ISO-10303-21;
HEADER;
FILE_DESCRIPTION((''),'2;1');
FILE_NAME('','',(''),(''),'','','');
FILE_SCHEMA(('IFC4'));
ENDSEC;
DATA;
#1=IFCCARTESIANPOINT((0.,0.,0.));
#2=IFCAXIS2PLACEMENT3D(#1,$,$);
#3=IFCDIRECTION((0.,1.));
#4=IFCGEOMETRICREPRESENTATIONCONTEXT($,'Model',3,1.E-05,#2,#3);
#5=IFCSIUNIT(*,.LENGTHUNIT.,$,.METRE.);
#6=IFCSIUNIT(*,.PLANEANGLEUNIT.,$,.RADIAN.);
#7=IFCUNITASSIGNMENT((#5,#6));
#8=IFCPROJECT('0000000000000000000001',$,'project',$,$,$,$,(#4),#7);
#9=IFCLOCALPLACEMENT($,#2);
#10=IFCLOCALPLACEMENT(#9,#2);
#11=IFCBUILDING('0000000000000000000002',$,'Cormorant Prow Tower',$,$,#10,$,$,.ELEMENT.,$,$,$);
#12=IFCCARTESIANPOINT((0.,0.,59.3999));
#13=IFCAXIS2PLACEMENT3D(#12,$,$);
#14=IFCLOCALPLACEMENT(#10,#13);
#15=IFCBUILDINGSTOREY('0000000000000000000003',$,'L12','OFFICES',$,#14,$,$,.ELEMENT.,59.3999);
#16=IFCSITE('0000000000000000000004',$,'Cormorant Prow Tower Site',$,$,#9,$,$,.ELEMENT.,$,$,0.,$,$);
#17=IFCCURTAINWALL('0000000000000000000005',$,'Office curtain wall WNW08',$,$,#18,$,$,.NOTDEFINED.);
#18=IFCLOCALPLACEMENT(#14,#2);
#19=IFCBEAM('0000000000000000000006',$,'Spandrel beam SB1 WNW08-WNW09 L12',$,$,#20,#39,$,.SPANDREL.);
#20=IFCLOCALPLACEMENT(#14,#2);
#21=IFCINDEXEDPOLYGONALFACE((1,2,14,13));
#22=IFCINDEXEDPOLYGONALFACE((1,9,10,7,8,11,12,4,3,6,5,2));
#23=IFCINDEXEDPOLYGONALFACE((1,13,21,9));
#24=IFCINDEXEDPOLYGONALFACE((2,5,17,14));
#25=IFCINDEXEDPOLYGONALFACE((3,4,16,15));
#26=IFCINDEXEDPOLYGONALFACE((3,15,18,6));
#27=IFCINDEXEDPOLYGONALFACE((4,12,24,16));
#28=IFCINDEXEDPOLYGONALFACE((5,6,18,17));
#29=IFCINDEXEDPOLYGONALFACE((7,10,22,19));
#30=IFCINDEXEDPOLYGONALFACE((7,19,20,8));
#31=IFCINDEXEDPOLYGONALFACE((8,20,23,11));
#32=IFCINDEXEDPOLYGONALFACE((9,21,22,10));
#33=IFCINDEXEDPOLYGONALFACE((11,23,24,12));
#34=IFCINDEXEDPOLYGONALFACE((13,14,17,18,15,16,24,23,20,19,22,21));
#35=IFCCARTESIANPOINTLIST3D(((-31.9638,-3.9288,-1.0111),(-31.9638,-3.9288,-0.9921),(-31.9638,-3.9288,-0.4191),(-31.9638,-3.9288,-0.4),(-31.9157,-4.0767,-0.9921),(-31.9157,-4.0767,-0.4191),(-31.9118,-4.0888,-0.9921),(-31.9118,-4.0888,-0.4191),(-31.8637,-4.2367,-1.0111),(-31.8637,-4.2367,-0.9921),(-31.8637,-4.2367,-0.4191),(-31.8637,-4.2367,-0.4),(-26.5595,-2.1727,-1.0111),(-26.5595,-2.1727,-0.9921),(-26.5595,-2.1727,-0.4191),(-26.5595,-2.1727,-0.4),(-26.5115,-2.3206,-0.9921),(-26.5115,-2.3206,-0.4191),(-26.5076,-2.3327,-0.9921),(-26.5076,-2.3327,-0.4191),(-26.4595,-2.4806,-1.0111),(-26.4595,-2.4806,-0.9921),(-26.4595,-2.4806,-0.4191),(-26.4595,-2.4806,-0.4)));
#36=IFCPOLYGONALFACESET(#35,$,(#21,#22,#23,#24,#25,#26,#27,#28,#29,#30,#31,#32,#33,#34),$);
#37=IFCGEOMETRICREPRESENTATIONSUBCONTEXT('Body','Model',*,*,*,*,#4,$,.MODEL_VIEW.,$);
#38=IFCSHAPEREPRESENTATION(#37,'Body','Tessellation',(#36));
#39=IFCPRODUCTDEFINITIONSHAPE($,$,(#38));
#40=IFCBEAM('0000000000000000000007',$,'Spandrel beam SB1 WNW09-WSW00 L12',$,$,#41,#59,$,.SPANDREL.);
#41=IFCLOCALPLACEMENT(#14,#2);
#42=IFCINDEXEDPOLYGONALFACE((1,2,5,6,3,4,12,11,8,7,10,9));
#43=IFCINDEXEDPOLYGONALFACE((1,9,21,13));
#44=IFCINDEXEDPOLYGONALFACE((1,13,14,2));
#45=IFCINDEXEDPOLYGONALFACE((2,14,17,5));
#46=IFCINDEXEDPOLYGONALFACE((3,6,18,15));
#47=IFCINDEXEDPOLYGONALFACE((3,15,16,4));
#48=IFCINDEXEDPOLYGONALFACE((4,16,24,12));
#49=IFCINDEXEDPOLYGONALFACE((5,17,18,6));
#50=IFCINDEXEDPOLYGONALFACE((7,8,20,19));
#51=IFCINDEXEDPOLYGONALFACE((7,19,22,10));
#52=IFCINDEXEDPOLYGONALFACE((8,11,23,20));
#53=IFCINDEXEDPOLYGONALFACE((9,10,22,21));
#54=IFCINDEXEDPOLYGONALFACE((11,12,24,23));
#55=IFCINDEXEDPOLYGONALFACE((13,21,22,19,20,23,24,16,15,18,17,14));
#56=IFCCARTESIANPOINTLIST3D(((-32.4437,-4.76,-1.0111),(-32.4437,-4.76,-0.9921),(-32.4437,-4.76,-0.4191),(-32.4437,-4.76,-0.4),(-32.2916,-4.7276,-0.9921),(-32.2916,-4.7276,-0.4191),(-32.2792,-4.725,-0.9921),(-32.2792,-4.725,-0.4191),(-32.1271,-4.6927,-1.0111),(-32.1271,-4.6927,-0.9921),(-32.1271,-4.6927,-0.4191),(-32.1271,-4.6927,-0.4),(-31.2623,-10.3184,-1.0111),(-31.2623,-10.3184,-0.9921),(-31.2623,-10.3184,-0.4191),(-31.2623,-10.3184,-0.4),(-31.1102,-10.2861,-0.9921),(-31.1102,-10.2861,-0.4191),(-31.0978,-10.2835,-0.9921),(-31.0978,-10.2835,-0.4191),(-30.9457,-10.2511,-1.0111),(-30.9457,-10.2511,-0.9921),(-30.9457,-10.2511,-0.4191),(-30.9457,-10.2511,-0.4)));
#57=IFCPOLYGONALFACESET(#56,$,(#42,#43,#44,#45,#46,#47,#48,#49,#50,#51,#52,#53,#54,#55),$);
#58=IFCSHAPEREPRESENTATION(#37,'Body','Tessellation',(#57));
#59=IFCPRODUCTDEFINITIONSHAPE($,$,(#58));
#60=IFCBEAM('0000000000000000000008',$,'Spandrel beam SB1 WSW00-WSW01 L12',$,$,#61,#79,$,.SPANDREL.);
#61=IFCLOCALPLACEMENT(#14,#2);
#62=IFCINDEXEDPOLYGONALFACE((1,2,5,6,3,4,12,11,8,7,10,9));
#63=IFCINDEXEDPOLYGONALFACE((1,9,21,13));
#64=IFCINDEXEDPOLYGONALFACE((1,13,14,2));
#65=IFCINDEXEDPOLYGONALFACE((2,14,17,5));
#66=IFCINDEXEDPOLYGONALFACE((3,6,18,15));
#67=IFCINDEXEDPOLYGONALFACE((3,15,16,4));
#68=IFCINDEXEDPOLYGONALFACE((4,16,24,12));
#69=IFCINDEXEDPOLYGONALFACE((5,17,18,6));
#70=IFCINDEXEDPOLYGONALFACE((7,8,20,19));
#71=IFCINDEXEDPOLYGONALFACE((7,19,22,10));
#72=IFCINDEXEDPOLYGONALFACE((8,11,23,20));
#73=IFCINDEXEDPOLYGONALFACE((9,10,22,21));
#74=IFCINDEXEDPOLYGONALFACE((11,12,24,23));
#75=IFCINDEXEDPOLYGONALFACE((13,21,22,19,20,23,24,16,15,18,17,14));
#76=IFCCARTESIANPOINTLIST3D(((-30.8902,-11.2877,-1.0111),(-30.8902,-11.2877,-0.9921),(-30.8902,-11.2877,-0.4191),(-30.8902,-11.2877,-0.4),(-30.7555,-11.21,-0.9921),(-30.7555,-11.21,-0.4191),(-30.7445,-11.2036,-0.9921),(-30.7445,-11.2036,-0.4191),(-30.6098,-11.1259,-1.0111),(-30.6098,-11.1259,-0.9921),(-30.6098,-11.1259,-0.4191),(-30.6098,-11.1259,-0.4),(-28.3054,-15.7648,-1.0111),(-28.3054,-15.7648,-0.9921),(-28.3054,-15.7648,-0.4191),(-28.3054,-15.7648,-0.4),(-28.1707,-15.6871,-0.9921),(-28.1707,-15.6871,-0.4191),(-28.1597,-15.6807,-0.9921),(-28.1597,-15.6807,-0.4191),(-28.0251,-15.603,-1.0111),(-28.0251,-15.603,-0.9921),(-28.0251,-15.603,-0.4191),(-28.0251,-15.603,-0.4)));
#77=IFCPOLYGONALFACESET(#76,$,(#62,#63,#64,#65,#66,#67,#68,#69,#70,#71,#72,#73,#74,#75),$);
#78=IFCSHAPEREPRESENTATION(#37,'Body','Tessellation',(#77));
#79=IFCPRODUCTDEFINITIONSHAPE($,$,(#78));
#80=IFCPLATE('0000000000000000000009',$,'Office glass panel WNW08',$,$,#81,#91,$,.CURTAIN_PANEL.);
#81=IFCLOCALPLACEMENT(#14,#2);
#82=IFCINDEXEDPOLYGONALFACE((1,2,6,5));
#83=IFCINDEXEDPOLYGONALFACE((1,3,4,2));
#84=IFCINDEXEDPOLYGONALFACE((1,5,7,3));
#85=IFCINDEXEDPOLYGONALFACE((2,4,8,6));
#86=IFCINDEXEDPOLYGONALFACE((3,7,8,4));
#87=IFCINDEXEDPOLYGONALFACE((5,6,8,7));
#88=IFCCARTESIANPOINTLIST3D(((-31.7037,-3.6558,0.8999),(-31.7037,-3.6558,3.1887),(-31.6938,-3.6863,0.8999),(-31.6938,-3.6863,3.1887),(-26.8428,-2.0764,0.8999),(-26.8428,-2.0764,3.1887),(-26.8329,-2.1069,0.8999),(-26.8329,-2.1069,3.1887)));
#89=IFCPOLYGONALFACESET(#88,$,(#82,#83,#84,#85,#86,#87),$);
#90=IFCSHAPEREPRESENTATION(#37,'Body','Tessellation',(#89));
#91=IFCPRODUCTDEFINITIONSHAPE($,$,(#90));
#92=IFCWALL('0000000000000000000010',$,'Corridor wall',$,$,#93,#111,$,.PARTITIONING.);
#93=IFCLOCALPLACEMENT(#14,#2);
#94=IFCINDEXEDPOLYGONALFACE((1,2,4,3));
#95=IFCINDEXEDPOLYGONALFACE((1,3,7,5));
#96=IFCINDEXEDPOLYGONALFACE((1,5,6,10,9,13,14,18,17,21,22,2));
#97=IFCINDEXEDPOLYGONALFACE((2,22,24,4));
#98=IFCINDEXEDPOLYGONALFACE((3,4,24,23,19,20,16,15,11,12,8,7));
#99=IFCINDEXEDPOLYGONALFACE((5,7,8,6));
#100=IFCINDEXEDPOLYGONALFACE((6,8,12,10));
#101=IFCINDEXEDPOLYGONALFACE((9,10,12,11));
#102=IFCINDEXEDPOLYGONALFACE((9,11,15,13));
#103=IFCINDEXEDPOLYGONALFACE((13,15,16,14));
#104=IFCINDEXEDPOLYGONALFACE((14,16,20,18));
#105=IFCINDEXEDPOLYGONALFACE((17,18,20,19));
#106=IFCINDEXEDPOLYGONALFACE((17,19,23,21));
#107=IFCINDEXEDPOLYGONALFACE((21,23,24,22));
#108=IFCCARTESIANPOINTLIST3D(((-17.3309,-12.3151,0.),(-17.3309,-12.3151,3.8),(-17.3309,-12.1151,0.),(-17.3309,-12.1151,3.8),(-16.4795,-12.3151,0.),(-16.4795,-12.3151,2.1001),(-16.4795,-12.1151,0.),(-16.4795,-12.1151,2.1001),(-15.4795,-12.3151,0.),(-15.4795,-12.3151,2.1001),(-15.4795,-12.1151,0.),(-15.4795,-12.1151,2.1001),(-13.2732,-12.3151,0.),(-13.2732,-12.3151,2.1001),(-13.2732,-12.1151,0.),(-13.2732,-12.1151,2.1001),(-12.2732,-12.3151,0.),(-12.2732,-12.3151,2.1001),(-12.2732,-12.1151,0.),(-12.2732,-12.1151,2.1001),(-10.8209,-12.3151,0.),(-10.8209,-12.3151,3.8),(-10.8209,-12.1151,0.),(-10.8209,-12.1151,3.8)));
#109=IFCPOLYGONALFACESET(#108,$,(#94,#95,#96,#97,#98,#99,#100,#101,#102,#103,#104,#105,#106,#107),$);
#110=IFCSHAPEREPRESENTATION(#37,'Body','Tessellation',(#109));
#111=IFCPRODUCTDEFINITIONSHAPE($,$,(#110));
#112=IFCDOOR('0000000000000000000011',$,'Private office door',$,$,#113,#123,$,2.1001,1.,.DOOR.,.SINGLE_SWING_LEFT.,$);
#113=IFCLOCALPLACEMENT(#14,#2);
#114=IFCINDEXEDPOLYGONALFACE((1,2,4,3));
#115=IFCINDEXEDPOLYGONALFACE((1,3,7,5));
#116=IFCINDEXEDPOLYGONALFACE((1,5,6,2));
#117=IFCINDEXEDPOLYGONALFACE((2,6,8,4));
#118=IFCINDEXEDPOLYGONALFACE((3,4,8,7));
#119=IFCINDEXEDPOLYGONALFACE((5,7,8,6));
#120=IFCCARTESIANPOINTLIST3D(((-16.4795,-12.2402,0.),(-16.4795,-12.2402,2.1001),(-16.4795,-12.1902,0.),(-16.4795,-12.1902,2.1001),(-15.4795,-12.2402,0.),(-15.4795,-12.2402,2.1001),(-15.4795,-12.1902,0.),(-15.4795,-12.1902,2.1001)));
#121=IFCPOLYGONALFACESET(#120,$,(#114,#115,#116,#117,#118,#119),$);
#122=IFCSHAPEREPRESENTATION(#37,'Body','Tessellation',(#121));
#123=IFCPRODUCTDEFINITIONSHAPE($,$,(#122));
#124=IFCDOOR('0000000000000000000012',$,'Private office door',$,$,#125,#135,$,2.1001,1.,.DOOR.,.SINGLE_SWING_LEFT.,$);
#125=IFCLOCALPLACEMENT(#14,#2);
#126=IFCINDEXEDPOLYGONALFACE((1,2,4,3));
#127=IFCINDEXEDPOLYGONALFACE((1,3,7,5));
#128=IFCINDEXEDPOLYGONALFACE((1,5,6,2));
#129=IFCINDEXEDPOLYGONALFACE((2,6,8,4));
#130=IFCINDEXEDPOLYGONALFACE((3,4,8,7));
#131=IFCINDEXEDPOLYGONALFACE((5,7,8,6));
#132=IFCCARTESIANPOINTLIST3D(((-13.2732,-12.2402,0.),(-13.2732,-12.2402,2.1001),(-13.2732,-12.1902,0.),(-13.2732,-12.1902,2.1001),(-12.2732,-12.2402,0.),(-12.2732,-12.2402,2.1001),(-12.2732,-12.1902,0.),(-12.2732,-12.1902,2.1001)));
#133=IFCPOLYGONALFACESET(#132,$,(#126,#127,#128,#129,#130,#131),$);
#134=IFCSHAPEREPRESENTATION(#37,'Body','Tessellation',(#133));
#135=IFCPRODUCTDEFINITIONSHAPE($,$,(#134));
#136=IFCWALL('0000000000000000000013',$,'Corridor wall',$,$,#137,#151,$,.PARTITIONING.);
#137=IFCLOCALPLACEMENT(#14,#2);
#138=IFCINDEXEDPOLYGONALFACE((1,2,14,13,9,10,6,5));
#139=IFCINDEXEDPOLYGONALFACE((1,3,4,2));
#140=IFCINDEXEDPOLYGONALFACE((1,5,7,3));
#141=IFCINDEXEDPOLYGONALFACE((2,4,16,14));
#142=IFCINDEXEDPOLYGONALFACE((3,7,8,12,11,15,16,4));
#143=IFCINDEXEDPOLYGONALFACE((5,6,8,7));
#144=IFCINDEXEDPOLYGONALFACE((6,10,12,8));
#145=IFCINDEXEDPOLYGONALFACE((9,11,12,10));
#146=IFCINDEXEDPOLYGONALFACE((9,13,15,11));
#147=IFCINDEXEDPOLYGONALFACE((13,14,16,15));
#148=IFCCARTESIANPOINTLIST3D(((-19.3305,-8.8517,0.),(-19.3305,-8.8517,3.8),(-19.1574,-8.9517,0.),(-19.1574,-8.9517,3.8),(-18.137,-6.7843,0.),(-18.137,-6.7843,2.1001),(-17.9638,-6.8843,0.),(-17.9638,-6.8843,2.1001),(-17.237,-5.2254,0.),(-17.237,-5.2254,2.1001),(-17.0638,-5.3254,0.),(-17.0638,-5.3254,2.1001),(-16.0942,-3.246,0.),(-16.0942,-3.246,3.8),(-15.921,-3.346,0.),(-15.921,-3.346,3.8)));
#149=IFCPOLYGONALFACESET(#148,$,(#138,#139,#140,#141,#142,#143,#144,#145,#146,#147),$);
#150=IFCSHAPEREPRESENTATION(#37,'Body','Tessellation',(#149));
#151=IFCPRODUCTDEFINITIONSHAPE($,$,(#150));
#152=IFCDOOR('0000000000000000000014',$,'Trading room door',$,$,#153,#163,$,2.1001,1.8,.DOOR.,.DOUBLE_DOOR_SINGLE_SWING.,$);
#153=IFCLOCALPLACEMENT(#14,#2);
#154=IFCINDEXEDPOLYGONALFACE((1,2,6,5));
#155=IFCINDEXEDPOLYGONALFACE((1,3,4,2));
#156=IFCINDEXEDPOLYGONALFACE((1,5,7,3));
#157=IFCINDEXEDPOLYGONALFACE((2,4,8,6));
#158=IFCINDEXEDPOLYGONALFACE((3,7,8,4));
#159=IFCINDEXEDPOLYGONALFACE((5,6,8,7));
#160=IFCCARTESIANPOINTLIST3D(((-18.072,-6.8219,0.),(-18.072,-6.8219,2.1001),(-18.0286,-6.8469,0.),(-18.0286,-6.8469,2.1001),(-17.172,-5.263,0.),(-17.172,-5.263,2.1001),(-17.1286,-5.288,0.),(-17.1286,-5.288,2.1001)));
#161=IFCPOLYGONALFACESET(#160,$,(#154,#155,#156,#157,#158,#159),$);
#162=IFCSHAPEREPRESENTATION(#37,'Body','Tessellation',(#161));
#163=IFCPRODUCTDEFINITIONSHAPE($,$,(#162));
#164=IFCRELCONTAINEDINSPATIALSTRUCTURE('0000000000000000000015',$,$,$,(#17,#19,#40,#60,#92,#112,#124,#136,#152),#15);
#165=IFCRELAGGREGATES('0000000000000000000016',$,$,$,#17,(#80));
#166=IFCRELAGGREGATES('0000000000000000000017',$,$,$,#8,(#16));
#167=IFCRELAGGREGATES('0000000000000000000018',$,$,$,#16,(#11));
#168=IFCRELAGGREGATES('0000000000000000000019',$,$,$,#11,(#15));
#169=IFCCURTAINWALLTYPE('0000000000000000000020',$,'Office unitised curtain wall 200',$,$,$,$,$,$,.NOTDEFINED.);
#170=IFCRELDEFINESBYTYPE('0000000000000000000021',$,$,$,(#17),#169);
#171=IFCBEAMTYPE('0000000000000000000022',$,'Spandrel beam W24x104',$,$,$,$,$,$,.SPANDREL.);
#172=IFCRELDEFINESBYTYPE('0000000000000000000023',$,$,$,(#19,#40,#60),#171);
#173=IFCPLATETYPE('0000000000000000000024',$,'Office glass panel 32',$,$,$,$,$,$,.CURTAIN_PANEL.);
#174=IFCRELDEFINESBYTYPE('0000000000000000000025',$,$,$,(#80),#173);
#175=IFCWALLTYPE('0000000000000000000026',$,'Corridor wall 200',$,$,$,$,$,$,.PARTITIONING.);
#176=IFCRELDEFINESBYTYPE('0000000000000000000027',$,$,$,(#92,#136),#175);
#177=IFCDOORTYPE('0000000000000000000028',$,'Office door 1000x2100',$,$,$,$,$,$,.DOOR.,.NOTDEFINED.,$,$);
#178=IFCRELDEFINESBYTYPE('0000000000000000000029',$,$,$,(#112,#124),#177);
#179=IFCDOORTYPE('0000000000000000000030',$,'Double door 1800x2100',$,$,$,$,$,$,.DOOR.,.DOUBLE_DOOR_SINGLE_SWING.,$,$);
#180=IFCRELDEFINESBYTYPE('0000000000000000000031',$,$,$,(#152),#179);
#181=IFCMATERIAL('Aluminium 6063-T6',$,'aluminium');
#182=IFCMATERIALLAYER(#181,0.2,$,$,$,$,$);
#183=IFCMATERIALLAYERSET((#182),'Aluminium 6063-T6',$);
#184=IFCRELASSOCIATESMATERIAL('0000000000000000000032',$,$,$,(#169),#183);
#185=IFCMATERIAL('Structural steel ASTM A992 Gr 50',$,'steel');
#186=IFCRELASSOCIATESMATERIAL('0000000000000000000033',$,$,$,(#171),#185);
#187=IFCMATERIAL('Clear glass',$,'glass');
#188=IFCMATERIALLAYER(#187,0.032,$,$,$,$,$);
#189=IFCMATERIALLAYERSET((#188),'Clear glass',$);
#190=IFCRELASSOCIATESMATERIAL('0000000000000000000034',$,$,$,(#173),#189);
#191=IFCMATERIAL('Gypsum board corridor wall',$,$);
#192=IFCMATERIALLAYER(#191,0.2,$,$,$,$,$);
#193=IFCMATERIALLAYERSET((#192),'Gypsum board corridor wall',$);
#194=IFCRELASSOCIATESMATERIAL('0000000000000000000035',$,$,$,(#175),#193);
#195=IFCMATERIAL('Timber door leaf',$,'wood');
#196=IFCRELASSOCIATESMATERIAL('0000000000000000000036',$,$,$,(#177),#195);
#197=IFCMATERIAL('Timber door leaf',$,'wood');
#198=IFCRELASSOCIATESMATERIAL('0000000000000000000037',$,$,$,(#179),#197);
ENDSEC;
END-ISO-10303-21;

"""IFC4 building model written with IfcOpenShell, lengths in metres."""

from ifc_helpers import new_model, si_unit, direction, frame, frame_2d, origin, origin_2d, place, context, subcontext, project, spatial, rectangle, i_section, extrude, material, layer, layer_set, material_profile, profile_set, type_object, element, fill, aggregate, save


model = new_model("IFC4")

# Units and contexts
model_context = context("Model", 3, precision=1e-05, world=origin(), true_north=direction((0.0, 1.0)))
body_context = subcontext(model_context, "Body", "Model", "MODEL_VIEW")
ifc_project = project(units=[si_unit("LENGTHUNIT", "METRE"), si_unit("PLANEANGLEUNIT", "RADIAN")], contexts=[model_context])

# Site, building, storey
site_placement = place(None, origin())
site = spatial("IfcSite", under=ifc_project, at=site_placement, Name="Cormorant Prow Tower Site", CompositionType="ELEMENT", RefElevation=0.0)
building_placement = place(site_placement, origin())
building = spatial("IfcBuilding", under=site, at=building_placement, Name="Cormorant Prow Tower", CompositionType="ELEMENT")
storey_placement = place(building_placement, frame((0.0, 0.0, 59.3999)))
storey = spatial("IfcBuildingStorey", under=building, at=storey_placement, Name="L12", Description="OFFICES", CompositionType="ELEMENT", Elevation=59.3999)

# Curtain wall
ifc_material_1 = material(Name="Aluminium 6063-T6", Category="aluminium")
ifc_layer_1 = layer(ifc_material_1, 0.2)
ifc_layer_set_1 = layer_set([ifc_layer_1], Name="Aluminium 6063-T6")
curtain_wall_type = type_object("IfcCurtainWallType", Name="Office unitised curtain wall 200", PredefinedType="NOTDEFINED", material=ifc_layer_set_1)
curtain_wall_placement = place(storey_placement, origin())
curtain_wall = element("IfcCurtainWall", 1, at=curtain_wall_placement, inside=storey, type_object=curtain_wall_type, Name="Office curtain wall WNW08", PredefinedType="NOTDEFINED")

# Beams
ifc_material_2 = material(Name="Structural steel ASTM A992 Gr 50", Category="steel")
ifc_material_profile_1 = material_profile(ifc_material_2, i_section(OverallWidth=0.3237, OverallDepth=0.6111, WebThickness=0.0127, FlangeThickness=0.019, at=origin_2d()), Name="W24x104")
ifc_profile_set_1 = profile_set([ifc_material_profile_1], Name="Structural steel ASTM A992 Gr 50")
beam_type_1 = type_object("IfcBeamType", Name="Spandrel beam W24x104", PredefinedType="SPANDREL", material=ifc_profile_set_1)
beam_1_placement = place(storey_placement, frame((-26.5095, -2.3267, -0.7056), z_axis=(-0.951049, -0.309039, 0.0), x_axis=(0.309039, -0.951049, 0.0)))
element("IfcBeam", 2, at=beam_1_placement, inside=storey, type_object=beam_type_1, Name="Spandrel beam SB1 WNW08-WNW09 L12", PredefinedType="SPANDREL", context=body_context, shape_type="SweptSolid", body=[
    extrude(i_section(OverallWidth=0.3237, OverallDepth=0.6111, WebThickness=0.0127, FlangeThickness=0.019, at=origin_2d()), origin(), (0.0, 0.0, 1.0), 5.6824),
])
beam_2_placement = place(storey_placement, frame((-32.2854, -4.7263, -0.7056), z_axis=(0.2079, -0.97815, 0.0), x_axis=(0.97815, 0.2079, 0.0)))
element("IfcBeam", 3, at=beam_2_placement, inside=storey, type_object=beam_type_1, Name="Spandrel beam SB1 WNW09-WSW00 L12", PredefinedType="SPANDREL", context=body_context, shape_type="SweptSolid", body=[
    extrude(i_section(OverallWidth=0.3237, OverallDepth=0.6111, WebThickness=0.0127, FlangeThickness=0.019, at=origin_2d()), origin(), (0.0, 0.0, 1.0), 5.6826),
])
beam_3_placement = place(storey_placement, frame((-30.75, -11.2068, -0.7056), z_axis=(0.499984, -0.866035, 0.0), x_axis=(0.866035, 0.499984, 0.0)))
element("IfcBeam", 4, at=beam_3_placement, inside=storey, type_object=beam_type_1, Name="Spandrel beam SB1 WSW00-WSW01 L12", PredefinedType="SPANDREL", context=body_context, shape_type="SweptSolid", body=[
    extrude(i_section(OverallWidth=0.3237, OverallDepth=0.6111, WebThickness=0.0127, FlangeThickness=0.019, at=origin_2d()), origin(), (0.0, 0.0, 1.0), 5.1697),
])

# Plate
ifc_material_3 = material(Name="Clear glass", Category="glass")
ifc_layer_2 = layer(ifc_material_3, 0.032)
ifc_layer_set_2 = layer_set([ifc_layer_2], Name="Clear glass")
plate_type = type_object("IfcPlateType", Name="Office glass panel 32", PredefinedType="CURTAIN_PANEL", material=ifc_layer_set_2)
plate_placement = place(storey_placement, frame((-29.2683, -2.8813, 0.8999), z_axis=(0.0, 0.0, 1.0), x_axis=(-0.951057, -0.309017, 0.0)))
plate = element("IfcPlate", 5, at=plate_placement, type_object=plate_type, Name="Office glass panel WNW08", PredefinedType="CURTAIN_PANEL", context=body_context, shape_type="SweptSolid", body=[
    extrude(rectangle(XDim=5.1111, YDim=0.032, at=origin_2d()), origin(), (0.0, 0.0, 1.0), 2.2888),
])
aggregate(curtain_wall, [plate])

# Wall, openings, doors
ifc_material_4 = material(Name="Gypsum board corridor wall")
ifc_layer_3 = layer(ifc_material_4, 0.2)
ifc_layer_set_3 = layer_set([ifc_layer_3], Name="Gypsum board corridor wall")
wall_type_1 = type_object("IfcWallType", Name="Corridor wall 200", PredefinedType="PARTITIONING", material=ifc_layer_set_3)
wall_1_placement = place(storey_placement, frame((-17.3308, -12.2151, 0.0), z_axis=(0.0, 0.0, 1.0), x_axis=(1.0, 0.0, 0.0)))
wall_1 = element("IfcWall", 6, at=wall_1_placement, inside=storey, type_object=wall_type_1, Name="Corridor wall", PredefinedType="PARTITIONING", context=body_context, shape_type="SweptSolid", body=[
    extrude(rectangle(XDim=6.51, YDim=0.2, at=frame_2d((3.2549, 0.0))), origin(), (0.0, 0.0, 1.0), 3.8),
])
opening_1_placement = place(wall_1_placement, frame((0.8513, 0.0, 0.0)))
opening_1 = element("IfcOpeningElement", 7, at=opening_1_placement, cuts=wall_1, PredefinedType="OPENING", context=body_context, shape_type="SweptSolid", body=[
    extrude(rectangle(XDim=1.0, YDim=2.1001, at=frame_2d((0.5, 1.05))), frame((0.0, 0.1099, 0.0), z_axis=(0.0, -1.0, 0.0), x_axis=(1.0, 0.0, 0.0)), (0.0, 0.0, 1.0), 0.22),
])
opening_2_placement = place(wall_1_placement, frame((4.0576, 0.0, 0.0)))
opening_2 = element("IfcOpeningElement", 8, at=opening_2_placement, cuts=wall_1, PredefinedType="OPENING", context=body_context, shape_type="SweptSolid", body=[
    extrude(rectangle(XDim=1.0, YDim=2.1001, at=frame_2d((0.5, 1.05))), frame((0.0, 0.1099, 0.0), z_axis=(0.0, -1.0, 0.0), x_axis=(1.0, 0.0, 0.0)), (0.0, 0.0, 1.0), 0.22),
])
ifc_material_5 = material(Name="Timber door leaf", Category="wood")
door_type_1 = type_object("IfcDoorType", Name="Office door 1000x2100", OperationType="NOTDEFINED", PredefinedType="DOOR", material=ifc_material_5)
door_1_placement = place(opening_1_placement, origin())
door_1 = element("IfcDoor", 9, at=door_1_placement, inside=storey, type_object=door_type_1, Name="Private office door", OperationType="SINGLE_SWING_LEFT", OverallHeight=2.1001, OverallWidth=1.0, PredefinedType="DOOR", context=body_context, shape_type="SweptSolid", body=[
    extrude(rectangle(XDim=1.0, YDim=2.1001, at=frame_2d((0.5, 1.05))), frame((0.0, 0.0249, 0.0), z_axis=(0.0, -1.0, 0.0), x_axis=(1.0, 0.0, 0.0)), (0.0, 0.0, 1.0), 0.05),
])
fill(opening_1, door_1)
door_2_placement = place(opening_2_placement, origin())
door_2 = element("IfcDoor", 10, at=door_2_placement, inside=storey, type_object=door_type_1, Name="Private office door", OperationType="SINGLE_SWING_LEFT", OverallHeight=2.1001, OverallWidth=1.0, PredefinedType="DOOR", context=body_context, shape_type="SweptSolid", body=[
    extrude(rectangle(XDim=1.0, YDim=2.1001, at=frame_2d((0.5, 1.05))), frame((0.0, 0.0249, 0.0), z_axis=(0.0, -1.0, 0.0), x_axis=(1.0, 0.0, 0.0)), (0.0, 0.0, 1.0), 0.05),
])
fill(opening_2, door_2)

# Wall, opening, door
wall_2_placement = place(storey_placement, frame((-19.2439, -8.9016, 0.0), z_axis=(0.0, 0.0, 1.0), x_axis=(0.499985, 0.866034, 0.0)))
wall_2 = element("IfcWall", 11, at=wall_2_placement, inside=storey, type_object=wall_type_1, Name="Corridor wall", PredefinedType="PARTITIONING", context=body_context, shape_type="SweptSolid", body=[
    extrude(rectangle(XDim=6.4729, YDim=0.2, at=frame_2d((3.2363, 0.0))), origin(), (0.0, 0.0, 1.0), 3.8),
])
opening_3_placement = place(wall_2_placement, frame((2.3872, 0.0, 0.0)))
opening_3 = element("IfcOpeningElement", 12, at=opening_3_placement, cuts=wall_2, PredefinedType="OPENING", context=body_context, shape_type="SweptSolid", body=[
    extrude(rectangle(XDim=1.8, YDim=2.1001, at=frame_2d((0.8999, 1.05))), frame((0.0, 0.1099, 0.0), z_axis=(0.0, -1.0, 0.0), x_axis=(1.0, 0.0, 0.0)), (0.0, 0.0, 1.0), 0.22),
])
ifc_material_6 = material(Name="Timber door leaf", Category="wood")
door_type_2 = type_object("IfcDoorType", Name="Double door 1800x2100", OperationType="DOUBLE_DOOR_SINGLE_SWING", PredefinedType="DOOR", material=ifc_material_6)
door_3_placement = place(opening_3_placement, origin())
door_3 = element("IfcDoor", 13, at=door_3_placement, inside=storey, type_object=door_type_2, Name="Trading room door", OperationType="DOUBLE_DOOR_SINGLE_SWING", OverallHeight=2.1001, OverallWidth=1.8, PredefinedType="DOOR", context=body_context, shape_type="SweptSolid", body=[
    extrude(rectangle(XDim=1.8, YDim=2.1001, at=frame_2d((0.8999, 1.05))), frame((0.0, 0.0249, 0.0), z_axis=(0.0, -1.0, 0.0), x_axis=(1.0, 0.0, 0.0)), (0.0, 0.0, 1.0), 0.05),
])
fill(opening_3, door_3)

save(model, "model.ifc")
